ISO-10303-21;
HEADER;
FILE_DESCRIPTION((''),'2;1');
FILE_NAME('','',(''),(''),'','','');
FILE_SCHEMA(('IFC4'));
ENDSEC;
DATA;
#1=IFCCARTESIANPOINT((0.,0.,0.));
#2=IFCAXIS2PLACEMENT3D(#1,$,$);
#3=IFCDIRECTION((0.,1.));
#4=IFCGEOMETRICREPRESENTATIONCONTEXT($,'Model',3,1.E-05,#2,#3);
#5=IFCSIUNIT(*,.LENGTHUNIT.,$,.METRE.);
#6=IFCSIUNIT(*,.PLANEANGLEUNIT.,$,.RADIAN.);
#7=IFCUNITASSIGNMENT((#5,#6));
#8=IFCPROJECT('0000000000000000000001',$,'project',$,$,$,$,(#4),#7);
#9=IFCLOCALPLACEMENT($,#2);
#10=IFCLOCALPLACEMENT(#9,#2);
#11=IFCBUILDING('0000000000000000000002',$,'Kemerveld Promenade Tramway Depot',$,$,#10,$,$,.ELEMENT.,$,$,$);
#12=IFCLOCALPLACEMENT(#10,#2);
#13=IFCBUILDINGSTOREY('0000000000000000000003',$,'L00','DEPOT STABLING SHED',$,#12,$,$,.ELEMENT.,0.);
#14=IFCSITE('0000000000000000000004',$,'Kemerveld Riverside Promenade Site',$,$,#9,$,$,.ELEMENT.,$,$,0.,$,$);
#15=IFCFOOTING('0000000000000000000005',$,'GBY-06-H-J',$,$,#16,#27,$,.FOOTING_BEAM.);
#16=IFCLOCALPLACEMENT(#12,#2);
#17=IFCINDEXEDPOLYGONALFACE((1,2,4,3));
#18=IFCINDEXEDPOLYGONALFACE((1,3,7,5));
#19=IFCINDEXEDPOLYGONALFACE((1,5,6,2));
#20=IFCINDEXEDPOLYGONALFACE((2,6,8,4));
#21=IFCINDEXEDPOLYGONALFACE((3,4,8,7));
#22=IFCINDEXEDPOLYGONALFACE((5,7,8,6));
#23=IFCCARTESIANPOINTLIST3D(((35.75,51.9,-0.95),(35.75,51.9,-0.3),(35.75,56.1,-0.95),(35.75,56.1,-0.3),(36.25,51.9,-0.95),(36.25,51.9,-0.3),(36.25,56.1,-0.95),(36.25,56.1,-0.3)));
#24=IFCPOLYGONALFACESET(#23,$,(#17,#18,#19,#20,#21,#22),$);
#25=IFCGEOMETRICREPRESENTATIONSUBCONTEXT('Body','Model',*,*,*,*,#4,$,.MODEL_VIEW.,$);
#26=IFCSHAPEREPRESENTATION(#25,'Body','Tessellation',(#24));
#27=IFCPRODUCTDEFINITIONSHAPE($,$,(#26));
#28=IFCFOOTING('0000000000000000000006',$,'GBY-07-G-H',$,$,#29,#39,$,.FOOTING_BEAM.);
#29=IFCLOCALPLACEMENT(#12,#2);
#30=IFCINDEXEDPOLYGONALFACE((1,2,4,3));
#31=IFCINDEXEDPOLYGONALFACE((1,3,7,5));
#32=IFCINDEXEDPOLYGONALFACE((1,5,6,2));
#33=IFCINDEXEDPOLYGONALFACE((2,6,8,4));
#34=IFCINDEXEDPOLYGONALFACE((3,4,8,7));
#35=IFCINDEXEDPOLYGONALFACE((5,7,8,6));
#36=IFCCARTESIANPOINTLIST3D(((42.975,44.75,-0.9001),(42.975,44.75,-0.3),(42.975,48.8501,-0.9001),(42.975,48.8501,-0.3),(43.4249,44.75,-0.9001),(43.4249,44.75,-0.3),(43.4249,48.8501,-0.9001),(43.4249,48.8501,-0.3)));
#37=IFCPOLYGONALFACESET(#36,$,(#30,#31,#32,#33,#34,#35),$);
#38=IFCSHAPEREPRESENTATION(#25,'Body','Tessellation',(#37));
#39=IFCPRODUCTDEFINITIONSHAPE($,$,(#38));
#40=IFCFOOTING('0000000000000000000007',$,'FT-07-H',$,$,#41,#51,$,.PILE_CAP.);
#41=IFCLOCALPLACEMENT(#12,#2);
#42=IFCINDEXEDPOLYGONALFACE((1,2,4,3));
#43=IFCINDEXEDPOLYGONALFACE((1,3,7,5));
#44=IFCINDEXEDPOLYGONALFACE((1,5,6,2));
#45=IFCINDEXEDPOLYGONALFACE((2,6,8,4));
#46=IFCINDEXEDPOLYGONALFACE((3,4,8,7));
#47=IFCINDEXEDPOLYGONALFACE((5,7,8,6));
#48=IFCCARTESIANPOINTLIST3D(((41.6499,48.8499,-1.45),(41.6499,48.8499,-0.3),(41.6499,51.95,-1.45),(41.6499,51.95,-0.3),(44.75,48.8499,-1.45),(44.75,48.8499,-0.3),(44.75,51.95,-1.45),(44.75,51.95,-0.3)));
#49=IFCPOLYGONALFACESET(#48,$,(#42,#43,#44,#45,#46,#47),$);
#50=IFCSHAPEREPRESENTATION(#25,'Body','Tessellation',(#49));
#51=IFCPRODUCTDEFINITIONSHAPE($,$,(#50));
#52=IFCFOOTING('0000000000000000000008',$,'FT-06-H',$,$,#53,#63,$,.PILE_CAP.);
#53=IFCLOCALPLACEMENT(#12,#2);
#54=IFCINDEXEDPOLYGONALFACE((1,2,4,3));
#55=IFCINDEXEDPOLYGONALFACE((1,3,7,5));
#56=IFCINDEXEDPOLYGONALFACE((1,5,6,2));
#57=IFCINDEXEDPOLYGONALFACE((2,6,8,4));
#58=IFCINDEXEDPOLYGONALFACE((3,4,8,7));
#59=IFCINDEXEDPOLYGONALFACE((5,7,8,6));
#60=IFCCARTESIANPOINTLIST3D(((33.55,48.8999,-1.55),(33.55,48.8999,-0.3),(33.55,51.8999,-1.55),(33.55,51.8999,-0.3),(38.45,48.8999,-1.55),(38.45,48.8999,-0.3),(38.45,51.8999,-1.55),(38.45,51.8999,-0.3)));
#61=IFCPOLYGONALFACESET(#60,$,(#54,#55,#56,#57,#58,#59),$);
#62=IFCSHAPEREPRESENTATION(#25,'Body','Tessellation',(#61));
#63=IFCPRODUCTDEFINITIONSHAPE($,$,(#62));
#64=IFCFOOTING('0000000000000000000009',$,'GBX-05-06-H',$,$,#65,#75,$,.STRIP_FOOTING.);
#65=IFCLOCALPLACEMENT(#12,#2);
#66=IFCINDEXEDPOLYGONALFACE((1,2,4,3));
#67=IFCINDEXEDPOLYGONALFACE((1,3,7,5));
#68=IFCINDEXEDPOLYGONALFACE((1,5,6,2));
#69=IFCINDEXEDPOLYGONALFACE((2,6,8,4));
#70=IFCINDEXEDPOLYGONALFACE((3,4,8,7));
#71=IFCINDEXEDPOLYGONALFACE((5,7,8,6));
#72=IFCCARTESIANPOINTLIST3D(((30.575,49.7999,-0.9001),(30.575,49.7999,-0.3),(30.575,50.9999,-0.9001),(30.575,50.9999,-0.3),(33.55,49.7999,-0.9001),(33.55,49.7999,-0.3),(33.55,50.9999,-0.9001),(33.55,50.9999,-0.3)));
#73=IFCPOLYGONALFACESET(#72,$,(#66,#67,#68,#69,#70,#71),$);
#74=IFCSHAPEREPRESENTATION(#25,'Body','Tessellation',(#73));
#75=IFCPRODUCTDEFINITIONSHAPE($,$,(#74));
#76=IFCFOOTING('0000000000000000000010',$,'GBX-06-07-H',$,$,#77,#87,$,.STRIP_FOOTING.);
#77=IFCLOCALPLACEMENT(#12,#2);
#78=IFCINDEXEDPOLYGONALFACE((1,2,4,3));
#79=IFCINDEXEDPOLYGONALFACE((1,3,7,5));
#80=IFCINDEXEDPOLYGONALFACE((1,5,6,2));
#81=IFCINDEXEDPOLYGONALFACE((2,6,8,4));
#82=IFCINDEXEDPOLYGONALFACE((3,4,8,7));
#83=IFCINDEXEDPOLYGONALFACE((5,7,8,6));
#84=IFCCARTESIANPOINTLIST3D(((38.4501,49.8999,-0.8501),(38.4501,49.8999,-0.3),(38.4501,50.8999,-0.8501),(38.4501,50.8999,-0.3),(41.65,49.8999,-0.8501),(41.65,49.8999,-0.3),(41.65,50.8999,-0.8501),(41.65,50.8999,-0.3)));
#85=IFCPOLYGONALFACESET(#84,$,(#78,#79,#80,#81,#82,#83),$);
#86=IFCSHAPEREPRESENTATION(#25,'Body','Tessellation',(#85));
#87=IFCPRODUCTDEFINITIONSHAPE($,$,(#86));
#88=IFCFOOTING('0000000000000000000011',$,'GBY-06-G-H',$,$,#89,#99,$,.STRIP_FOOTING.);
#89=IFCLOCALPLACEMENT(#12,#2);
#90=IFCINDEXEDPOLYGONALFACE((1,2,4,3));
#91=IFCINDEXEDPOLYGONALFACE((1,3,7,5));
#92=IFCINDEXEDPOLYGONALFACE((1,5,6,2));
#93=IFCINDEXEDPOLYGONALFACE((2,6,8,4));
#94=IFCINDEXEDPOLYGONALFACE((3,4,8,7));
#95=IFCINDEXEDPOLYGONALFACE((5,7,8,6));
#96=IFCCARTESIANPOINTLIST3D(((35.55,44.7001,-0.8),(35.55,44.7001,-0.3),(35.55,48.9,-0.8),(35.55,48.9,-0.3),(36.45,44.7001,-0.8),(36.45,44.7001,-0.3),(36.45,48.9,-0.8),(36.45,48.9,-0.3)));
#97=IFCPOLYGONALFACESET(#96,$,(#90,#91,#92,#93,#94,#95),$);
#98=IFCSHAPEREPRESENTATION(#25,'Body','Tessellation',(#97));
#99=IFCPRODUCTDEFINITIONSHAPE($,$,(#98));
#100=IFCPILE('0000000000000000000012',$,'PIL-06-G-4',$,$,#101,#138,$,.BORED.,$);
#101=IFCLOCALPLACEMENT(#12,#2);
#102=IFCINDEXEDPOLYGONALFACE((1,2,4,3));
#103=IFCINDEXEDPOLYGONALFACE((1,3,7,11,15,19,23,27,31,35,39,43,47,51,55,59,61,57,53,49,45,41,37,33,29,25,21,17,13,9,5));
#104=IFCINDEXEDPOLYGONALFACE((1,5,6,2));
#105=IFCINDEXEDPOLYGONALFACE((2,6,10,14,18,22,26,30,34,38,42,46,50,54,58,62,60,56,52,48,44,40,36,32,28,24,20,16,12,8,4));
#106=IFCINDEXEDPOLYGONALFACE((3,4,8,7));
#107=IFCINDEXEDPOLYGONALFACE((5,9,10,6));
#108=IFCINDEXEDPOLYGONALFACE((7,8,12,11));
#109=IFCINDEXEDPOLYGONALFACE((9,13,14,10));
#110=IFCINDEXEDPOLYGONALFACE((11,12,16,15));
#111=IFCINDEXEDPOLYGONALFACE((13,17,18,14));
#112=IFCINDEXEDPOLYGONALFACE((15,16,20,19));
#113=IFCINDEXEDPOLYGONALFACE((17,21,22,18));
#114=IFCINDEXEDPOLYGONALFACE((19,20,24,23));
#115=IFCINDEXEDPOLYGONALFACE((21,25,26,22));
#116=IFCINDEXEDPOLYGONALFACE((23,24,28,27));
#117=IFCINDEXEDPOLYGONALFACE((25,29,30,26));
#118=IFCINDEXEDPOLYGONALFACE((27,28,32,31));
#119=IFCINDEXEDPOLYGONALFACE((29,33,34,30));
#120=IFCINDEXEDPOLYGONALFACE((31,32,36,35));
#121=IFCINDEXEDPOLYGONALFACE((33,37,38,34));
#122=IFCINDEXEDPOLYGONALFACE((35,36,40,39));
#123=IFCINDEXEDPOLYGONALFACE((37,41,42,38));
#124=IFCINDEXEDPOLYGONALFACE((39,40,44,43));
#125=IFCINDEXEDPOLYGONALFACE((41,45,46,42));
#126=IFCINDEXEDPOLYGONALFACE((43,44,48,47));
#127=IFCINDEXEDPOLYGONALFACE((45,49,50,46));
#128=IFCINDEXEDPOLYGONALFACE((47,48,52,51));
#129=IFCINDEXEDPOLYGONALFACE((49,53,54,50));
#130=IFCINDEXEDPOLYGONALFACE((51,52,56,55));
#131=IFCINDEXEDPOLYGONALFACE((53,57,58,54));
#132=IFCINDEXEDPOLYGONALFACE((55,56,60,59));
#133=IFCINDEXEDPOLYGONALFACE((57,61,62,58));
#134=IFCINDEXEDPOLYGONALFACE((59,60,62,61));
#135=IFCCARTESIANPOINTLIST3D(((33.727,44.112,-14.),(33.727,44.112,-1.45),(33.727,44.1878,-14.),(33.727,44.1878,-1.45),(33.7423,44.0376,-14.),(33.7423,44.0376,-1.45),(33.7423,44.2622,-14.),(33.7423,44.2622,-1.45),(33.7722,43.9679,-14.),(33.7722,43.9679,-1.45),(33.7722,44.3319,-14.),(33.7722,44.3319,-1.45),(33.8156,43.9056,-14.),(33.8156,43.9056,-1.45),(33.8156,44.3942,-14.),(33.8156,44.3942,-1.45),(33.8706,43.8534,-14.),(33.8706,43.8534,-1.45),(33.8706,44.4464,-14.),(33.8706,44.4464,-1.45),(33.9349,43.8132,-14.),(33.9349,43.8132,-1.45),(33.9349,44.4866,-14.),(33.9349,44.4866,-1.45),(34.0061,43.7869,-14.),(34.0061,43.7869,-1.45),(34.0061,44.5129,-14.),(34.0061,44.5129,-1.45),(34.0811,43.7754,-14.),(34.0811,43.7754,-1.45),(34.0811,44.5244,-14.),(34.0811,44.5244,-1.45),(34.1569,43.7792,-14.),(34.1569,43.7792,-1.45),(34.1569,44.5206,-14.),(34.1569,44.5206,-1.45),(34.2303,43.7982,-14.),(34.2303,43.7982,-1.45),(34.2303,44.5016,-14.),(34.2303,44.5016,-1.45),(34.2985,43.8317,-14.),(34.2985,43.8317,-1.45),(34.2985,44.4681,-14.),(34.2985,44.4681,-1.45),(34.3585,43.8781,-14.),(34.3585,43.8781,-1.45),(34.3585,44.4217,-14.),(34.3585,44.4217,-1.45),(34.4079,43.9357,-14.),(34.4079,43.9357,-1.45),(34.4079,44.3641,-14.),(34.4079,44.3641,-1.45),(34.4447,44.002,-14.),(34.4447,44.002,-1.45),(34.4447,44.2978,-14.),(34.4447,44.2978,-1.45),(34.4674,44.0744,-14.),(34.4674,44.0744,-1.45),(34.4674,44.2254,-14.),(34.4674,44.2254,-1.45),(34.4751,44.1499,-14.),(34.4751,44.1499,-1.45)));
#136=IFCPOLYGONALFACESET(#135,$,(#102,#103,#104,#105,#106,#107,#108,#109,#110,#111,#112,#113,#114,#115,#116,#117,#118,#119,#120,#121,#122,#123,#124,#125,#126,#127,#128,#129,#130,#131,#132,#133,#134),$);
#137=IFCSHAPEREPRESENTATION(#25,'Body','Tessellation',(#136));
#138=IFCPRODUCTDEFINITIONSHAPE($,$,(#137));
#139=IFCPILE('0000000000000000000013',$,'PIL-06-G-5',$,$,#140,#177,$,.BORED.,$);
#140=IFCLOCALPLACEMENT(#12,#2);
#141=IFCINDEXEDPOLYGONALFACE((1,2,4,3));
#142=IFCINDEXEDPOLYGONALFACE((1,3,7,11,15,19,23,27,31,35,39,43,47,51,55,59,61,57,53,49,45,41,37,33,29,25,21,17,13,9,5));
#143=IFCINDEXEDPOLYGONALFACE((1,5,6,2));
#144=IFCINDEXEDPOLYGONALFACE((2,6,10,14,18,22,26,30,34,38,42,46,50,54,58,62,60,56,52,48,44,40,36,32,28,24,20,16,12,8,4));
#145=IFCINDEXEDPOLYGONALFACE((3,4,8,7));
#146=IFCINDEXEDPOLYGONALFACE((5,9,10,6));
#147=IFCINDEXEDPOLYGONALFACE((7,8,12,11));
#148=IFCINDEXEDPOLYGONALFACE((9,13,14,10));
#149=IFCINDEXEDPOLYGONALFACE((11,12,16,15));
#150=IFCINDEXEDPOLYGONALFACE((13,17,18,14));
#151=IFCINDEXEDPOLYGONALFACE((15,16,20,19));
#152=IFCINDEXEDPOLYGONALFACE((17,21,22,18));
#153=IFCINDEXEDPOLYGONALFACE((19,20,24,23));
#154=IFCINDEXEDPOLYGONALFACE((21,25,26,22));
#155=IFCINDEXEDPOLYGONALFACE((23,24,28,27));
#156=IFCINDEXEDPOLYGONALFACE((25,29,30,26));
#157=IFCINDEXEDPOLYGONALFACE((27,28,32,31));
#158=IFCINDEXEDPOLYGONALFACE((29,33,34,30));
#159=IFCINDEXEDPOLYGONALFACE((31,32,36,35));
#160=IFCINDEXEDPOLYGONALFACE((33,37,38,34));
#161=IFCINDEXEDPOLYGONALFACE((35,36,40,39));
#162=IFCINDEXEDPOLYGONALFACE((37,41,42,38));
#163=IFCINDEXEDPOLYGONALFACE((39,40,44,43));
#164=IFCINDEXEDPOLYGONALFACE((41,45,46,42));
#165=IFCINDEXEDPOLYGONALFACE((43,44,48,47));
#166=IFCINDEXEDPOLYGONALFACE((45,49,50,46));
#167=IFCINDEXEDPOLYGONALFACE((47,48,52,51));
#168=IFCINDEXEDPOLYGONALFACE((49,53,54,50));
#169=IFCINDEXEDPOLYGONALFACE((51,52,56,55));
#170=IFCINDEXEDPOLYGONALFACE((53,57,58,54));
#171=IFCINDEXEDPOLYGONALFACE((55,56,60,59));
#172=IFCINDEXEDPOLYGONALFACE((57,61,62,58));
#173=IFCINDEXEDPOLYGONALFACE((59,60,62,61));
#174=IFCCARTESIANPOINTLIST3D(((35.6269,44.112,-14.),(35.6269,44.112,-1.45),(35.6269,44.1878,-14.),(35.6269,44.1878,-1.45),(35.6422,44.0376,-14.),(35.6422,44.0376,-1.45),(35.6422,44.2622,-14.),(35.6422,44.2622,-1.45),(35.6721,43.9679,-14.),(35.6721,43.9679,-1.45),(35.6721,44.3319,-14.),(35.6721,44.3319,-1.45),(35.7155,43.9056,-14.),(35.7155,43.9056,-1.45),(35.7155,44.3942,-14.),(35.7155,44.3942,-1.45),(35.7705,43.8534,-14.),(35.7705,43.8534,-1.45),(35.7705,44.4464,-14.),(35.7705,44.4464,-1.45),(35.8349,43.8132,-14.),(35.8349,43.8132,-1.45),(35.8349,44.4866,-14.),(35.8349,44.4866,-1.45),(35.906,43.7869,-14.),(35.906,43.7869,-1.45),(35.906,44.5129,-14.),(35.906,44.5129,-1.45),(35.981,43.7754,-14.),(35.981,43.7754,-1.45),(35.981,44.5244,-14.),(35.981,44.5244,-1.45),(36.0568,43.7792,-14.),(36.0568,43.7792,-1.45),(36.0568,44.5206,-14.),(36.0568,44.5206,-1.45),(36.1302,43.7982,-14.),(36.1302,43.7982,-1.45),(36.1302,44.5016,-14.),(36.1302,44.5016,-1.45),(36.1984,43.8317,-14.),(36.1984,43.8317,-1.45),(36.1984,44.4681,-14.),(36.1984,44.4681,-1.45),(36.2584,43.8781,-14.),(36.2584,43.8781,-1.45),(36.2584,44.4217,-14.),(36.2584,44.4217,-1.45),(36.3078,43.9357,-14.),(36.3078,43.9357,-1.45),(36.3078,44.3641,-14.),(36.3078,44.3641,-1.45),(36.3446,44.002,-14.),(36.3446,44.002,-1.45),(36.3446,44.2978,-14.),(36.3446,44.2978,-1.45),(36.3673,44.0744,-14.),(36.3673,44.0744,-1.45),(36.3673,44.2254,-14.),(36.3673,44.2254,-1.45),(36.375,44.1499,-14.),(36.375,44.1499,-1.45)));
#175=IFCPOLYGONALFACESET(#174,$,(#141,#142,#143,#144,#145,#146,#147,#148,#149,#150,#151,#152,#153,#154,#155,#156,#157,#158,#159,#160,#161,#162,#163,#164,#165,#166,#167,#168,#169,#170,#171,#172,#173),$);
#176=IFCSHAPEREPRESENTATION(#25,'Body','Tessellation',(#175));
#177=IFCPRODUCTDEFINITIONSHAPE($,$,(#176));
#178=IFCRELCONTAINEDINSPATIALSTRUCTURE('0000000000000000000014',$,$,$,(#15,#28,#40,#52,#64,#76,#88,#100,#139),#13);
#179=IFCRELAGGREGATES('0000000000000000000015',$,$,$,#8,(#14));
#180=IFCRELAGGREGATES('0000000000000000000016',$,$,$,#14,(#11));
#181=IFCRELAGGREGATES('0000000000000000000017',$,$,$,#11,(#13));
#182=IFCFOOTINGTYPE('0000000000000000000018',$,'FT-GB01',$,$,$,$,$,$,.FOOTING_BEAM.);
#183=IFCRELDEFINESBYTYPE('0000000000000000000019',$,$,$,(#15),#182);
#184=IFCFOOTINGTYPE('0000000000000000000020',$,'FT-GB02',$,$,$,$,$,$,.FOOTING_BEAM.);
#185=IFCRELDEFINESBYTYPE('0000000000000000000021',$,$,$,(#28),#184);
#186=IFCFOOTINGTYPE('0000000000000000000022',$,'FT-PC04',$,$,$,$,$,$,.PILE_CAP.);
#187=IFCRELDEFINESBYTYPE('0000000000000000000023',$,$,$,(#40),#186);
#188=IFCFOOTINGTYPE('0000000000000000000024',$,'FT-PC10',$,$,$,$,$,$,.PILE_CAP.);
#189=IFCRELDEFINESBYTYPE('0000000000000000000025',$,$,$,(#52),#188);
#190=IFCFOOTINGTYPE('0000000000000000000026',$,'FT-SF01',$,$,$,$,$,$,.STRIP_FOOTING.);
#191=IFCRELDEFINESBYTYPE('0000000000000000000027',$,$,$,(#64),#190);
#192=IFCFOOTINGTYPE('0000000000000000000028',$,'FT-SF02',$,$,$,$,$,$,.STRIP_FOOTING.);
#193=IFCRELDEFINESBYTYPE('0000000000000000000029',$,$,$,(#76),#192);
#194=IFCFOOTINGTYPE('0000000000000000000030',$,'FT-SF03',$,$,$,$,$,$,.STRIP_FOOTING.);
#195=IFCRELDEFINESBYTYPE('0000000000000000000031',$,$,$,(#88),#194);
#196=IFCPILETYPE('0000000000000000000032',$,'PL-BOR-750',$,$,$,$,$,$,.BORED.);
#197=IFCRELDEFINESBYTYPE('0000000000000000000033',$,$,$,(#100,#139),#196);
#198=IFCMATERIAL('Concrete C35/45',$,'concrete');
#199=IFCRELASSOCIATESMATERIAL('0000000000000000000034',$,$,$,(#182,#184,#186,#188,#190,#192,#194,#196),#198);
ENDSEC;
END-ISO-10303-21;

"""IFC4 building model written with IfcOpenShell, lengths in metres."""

from ifc_helpers import new_model, si_unit, direction, frame, origin, origin_2d, place, context, subcontext, project, spatial, rectangle, circle, extrude, material, material_profile, profile_set, type_object, element, save


model = new_model("IFC4")

# Units and contexts
model_context = context("Model", 3, precision=1e-05, world=origin(), true_north=direction((0.0, 1.0)))
body_context = subcontext(model_context, "Body", "Model", "MODEL_VIEW")
ifc_project = project(units=[si_unit("LENGTHUNIT", "METRE"), si_unit("PLANEANGLEUNIT", "RADIAN")], contexts=[model_context])

# Site, building, storey
site_placement = place(None, origin())
site = spatial("IfcSite", under=ifc_project, at=site_placement, Name="Kemerveld Riverside Promenade Site", CompositionType="ELEMENT", RefElevation=0.0)
building_placement = place(site_placement, origin())
building = spatial("IfcBuilding", under=site, at=building_placement, Name="Kemerveld Promenade Tramway Depot", CompositionType="ELEMENT")
storey_placement = place(building_placement, origin())
storey = spatial("IfcBuildingStorey", under=building, at=storey_placement, Name="L00", Description="DEPOT STABLING SHED", CompositionType="ELEMENT", Elevation=0.0)

# Footings
ifc_material_1 = material(Name="Concrete C35/45", Category="concrete")
footing_type_1 = type_object("IfcFootingType", Name="FT-GB01", PredefinedType="FOOTING_BEAM", material=ifc_material_1)
footing_1_placement = place(storey_placement, frame((36.0, 54.0, -0.95), z_axis=(0.0, 0.0, 1.0), x_axis=(0.0, 1.0, 0.0)))
element("IfcFooting", 1, at=footing_1_placement, inside=storey, type_object=footing_type_1, Name="GBY-06-H-J", PredefinedType="FOOTING_BEAM", context=body_context, shape_type="SweptSolid", body=[
    extrude(rectangle(XDim=4.2, YDim=0.5, at=origin_2d()), origin(), (0.0, 0.0, 1.0), 0.6499),
])
footing_type_2 = type_object("IfcFootingType", Name="FT-GB02", PredefinedType="FOOTING_BEAM", material=ifc_material_1)
footing_2_placement = place(storey_placement, frame((43.2, 46.8, -0.9001), z_axis=(0.0, 0.0, 1.0), x_axis=(0.0, 1.0, 0.0)))
element("IfcFooting", 2, at=footing_2_placement, inside=storey, type_object=footing_type_2, Name="GBY-07-G-H", PredefinedType="FOOTING_BEAM", context=body_context, shape_type="SweptSolid", body=[
    extrude(rectangle(XDim=4.1001, YDim=0.45, at=origin_2d()), origin(), (0.0, 0.0, 1.0), 0.6001),
])
footing_type_3 = type_object("IfcFootingType", Name="FT-PC04", PredefinedType="PILE_CAP", material=ifc_material_1)
footing_3_placement = place(storey_placement, frame((43.2, 50.3999, -1.45), z_axis=(0.0, 0.0, 1.0), x_axis=(1.0, 0.0, 0.0)))
element("IfcFooting", 3, at=footing_3_placement, inside=storey, type_object=footing_type_3, Name="FT-07-H", PredefinedType="PILE_CAP", context=body_context, shape_type="SweptSolid", body=[
    extrude(rectangle(XDim=3.1001, YDim=3.1001, at=origin_2d()), origin(), (0.0, 0.0, 1.0), 1.1499),
])
footing_type_4 = type_object("IfcFootingType", Name="FT-PC10", PredefinedType="PILE_CAP", material=ifc_material_1)
footing_4_placement = place(storey_placement, frame((36.0, 50.3999, -1.55), z_axis=(0.0, 0.0, 1.0), x_axis=(1.0, 0.0, 0.0)))
element("IfcFooting", 4, at=footing_4_placement, inside=storey, type_object=footing_type_4, Name="FT-06-H", PredefinedType="PILE_CAP", context=body_context, shape_type="SweptSolid", body=[
    extrude(rectangle(XDim=4.8999, YDim=3.0, at=origin_2d()), origin(), (0.0, 0.0, 1.0), 1.25),
])
footing_type_5 = type_object("IfcFootingType", Name="FT-SF01", PredefinedType="STRIP_FOOTING", material=ifc_material_1)
footing_5_placement = place(storey_placement, frame((32.0625, 50.3999, -0.9001), z_axis=(0.0, 0.0, 1.0), x_axis=(1.0, 0.0, 0.0)))
element("IfcFooting", 5, at=footing_5_placement, inside=storey, type_object=footing_type_5, Name="GBX-05-06-H", PredefinedType="STRIP_FOOTING", context=body_context, shape_type="SweptSolid", body=[
    extrude(rectangle(XDim=2.9751, YDim=1.2, at=origin_2d()), origin(), (0.0, 0.0, 1.0), 0.6001),
])
footing_type_6 = type_object("IfcFootingType", Name="FT-SF02", PredefinedType="STRIP_FOOTING", material=ifc_material_1)
footing_6_placement = place(storey_placement, frame((40.05, 50.3999, -0.8501), z_axis=(0.0, 0.0, 1.0), x_axis=(1.0, 0.0, 0.0)))
element("IfcFooting", 6, at=footing_6_placement, inside=storey, type_object=footing_type_6, Name="GBX-06-07-H", PredefinedType="STRIP_FOOTING", context=body_context, shape_type="SweptSolid", body=[
    extrude(rectangle(XDim=3.2, YDim=1.0, at=origin_2d()), origin(), (0.0, 0.0, 1.0), 0.55),
])
footing_type_7 = type_object("IfcFootingType", Name="FT-SF03", PredefinedType="STRIP_FOOTING", material=ifc_material_1)
footing_7_placement = place(storey_placement, frame((36.0, 46.8, -0.8), z_axis=(0.0, 0.0, 1.0), x_axis=(0.0, 1.0, 0.0)))
element("IfcFooting", 7, at=footing_7_placement, inside=storey, type_object=footing_type_7, Name="GBY-06-G-H", PredefinedType="STRIP_FOOTING", context=body_context, shape_type="SweptSolid", body=[
    extrude(rectangle(XDim=4.2, YDim=0.8999, at=origin_2d()), origin(), (0.0, 0.0, 1.0), 0.5),
])

# Piles
ifc_material_profile_1 = material_profile(ifc_material_1, circle(Radius=0.375, at=origin_2d()), Name="PILE-D750")
ifc_profile_set_1 = profile_set([ifc_material_profile_1], Name="Concrete C35/45")
pile_type = type_object("IfcPileType", Name="PL-BOR-750", PredefinedType="BORED", material=ifc_profile_set_1)
for number, where, z_axis, x_axis, name in (
    (8, (34.1001, 44.1499, -1.45), (0.0, 0.0, -1.0), (1.0, 0.0, 0.0), "PIL-06-G-4"),
    (9, (36.0, 44.1499, -1.45), (0.0, 0.0, -1.0), (1.0, 0.0, 0.0), "PIL-06-G-5"),
):
    element("IfcPile", number, at=place(storey_placement, frame(where, z_axis=z_axis, x_axis=x_axis)), inside=storey, type_object=pile_type, Name=name, PredefinedType="BORED", context=body_context, shape_type="SweptSolid", body=[
        extrude(circle(Radius=0.375, at=origin_2d()), origin(), (0.0, 0.0, 1.0), 12.55),
    ])

save(model, "model.ifc")
